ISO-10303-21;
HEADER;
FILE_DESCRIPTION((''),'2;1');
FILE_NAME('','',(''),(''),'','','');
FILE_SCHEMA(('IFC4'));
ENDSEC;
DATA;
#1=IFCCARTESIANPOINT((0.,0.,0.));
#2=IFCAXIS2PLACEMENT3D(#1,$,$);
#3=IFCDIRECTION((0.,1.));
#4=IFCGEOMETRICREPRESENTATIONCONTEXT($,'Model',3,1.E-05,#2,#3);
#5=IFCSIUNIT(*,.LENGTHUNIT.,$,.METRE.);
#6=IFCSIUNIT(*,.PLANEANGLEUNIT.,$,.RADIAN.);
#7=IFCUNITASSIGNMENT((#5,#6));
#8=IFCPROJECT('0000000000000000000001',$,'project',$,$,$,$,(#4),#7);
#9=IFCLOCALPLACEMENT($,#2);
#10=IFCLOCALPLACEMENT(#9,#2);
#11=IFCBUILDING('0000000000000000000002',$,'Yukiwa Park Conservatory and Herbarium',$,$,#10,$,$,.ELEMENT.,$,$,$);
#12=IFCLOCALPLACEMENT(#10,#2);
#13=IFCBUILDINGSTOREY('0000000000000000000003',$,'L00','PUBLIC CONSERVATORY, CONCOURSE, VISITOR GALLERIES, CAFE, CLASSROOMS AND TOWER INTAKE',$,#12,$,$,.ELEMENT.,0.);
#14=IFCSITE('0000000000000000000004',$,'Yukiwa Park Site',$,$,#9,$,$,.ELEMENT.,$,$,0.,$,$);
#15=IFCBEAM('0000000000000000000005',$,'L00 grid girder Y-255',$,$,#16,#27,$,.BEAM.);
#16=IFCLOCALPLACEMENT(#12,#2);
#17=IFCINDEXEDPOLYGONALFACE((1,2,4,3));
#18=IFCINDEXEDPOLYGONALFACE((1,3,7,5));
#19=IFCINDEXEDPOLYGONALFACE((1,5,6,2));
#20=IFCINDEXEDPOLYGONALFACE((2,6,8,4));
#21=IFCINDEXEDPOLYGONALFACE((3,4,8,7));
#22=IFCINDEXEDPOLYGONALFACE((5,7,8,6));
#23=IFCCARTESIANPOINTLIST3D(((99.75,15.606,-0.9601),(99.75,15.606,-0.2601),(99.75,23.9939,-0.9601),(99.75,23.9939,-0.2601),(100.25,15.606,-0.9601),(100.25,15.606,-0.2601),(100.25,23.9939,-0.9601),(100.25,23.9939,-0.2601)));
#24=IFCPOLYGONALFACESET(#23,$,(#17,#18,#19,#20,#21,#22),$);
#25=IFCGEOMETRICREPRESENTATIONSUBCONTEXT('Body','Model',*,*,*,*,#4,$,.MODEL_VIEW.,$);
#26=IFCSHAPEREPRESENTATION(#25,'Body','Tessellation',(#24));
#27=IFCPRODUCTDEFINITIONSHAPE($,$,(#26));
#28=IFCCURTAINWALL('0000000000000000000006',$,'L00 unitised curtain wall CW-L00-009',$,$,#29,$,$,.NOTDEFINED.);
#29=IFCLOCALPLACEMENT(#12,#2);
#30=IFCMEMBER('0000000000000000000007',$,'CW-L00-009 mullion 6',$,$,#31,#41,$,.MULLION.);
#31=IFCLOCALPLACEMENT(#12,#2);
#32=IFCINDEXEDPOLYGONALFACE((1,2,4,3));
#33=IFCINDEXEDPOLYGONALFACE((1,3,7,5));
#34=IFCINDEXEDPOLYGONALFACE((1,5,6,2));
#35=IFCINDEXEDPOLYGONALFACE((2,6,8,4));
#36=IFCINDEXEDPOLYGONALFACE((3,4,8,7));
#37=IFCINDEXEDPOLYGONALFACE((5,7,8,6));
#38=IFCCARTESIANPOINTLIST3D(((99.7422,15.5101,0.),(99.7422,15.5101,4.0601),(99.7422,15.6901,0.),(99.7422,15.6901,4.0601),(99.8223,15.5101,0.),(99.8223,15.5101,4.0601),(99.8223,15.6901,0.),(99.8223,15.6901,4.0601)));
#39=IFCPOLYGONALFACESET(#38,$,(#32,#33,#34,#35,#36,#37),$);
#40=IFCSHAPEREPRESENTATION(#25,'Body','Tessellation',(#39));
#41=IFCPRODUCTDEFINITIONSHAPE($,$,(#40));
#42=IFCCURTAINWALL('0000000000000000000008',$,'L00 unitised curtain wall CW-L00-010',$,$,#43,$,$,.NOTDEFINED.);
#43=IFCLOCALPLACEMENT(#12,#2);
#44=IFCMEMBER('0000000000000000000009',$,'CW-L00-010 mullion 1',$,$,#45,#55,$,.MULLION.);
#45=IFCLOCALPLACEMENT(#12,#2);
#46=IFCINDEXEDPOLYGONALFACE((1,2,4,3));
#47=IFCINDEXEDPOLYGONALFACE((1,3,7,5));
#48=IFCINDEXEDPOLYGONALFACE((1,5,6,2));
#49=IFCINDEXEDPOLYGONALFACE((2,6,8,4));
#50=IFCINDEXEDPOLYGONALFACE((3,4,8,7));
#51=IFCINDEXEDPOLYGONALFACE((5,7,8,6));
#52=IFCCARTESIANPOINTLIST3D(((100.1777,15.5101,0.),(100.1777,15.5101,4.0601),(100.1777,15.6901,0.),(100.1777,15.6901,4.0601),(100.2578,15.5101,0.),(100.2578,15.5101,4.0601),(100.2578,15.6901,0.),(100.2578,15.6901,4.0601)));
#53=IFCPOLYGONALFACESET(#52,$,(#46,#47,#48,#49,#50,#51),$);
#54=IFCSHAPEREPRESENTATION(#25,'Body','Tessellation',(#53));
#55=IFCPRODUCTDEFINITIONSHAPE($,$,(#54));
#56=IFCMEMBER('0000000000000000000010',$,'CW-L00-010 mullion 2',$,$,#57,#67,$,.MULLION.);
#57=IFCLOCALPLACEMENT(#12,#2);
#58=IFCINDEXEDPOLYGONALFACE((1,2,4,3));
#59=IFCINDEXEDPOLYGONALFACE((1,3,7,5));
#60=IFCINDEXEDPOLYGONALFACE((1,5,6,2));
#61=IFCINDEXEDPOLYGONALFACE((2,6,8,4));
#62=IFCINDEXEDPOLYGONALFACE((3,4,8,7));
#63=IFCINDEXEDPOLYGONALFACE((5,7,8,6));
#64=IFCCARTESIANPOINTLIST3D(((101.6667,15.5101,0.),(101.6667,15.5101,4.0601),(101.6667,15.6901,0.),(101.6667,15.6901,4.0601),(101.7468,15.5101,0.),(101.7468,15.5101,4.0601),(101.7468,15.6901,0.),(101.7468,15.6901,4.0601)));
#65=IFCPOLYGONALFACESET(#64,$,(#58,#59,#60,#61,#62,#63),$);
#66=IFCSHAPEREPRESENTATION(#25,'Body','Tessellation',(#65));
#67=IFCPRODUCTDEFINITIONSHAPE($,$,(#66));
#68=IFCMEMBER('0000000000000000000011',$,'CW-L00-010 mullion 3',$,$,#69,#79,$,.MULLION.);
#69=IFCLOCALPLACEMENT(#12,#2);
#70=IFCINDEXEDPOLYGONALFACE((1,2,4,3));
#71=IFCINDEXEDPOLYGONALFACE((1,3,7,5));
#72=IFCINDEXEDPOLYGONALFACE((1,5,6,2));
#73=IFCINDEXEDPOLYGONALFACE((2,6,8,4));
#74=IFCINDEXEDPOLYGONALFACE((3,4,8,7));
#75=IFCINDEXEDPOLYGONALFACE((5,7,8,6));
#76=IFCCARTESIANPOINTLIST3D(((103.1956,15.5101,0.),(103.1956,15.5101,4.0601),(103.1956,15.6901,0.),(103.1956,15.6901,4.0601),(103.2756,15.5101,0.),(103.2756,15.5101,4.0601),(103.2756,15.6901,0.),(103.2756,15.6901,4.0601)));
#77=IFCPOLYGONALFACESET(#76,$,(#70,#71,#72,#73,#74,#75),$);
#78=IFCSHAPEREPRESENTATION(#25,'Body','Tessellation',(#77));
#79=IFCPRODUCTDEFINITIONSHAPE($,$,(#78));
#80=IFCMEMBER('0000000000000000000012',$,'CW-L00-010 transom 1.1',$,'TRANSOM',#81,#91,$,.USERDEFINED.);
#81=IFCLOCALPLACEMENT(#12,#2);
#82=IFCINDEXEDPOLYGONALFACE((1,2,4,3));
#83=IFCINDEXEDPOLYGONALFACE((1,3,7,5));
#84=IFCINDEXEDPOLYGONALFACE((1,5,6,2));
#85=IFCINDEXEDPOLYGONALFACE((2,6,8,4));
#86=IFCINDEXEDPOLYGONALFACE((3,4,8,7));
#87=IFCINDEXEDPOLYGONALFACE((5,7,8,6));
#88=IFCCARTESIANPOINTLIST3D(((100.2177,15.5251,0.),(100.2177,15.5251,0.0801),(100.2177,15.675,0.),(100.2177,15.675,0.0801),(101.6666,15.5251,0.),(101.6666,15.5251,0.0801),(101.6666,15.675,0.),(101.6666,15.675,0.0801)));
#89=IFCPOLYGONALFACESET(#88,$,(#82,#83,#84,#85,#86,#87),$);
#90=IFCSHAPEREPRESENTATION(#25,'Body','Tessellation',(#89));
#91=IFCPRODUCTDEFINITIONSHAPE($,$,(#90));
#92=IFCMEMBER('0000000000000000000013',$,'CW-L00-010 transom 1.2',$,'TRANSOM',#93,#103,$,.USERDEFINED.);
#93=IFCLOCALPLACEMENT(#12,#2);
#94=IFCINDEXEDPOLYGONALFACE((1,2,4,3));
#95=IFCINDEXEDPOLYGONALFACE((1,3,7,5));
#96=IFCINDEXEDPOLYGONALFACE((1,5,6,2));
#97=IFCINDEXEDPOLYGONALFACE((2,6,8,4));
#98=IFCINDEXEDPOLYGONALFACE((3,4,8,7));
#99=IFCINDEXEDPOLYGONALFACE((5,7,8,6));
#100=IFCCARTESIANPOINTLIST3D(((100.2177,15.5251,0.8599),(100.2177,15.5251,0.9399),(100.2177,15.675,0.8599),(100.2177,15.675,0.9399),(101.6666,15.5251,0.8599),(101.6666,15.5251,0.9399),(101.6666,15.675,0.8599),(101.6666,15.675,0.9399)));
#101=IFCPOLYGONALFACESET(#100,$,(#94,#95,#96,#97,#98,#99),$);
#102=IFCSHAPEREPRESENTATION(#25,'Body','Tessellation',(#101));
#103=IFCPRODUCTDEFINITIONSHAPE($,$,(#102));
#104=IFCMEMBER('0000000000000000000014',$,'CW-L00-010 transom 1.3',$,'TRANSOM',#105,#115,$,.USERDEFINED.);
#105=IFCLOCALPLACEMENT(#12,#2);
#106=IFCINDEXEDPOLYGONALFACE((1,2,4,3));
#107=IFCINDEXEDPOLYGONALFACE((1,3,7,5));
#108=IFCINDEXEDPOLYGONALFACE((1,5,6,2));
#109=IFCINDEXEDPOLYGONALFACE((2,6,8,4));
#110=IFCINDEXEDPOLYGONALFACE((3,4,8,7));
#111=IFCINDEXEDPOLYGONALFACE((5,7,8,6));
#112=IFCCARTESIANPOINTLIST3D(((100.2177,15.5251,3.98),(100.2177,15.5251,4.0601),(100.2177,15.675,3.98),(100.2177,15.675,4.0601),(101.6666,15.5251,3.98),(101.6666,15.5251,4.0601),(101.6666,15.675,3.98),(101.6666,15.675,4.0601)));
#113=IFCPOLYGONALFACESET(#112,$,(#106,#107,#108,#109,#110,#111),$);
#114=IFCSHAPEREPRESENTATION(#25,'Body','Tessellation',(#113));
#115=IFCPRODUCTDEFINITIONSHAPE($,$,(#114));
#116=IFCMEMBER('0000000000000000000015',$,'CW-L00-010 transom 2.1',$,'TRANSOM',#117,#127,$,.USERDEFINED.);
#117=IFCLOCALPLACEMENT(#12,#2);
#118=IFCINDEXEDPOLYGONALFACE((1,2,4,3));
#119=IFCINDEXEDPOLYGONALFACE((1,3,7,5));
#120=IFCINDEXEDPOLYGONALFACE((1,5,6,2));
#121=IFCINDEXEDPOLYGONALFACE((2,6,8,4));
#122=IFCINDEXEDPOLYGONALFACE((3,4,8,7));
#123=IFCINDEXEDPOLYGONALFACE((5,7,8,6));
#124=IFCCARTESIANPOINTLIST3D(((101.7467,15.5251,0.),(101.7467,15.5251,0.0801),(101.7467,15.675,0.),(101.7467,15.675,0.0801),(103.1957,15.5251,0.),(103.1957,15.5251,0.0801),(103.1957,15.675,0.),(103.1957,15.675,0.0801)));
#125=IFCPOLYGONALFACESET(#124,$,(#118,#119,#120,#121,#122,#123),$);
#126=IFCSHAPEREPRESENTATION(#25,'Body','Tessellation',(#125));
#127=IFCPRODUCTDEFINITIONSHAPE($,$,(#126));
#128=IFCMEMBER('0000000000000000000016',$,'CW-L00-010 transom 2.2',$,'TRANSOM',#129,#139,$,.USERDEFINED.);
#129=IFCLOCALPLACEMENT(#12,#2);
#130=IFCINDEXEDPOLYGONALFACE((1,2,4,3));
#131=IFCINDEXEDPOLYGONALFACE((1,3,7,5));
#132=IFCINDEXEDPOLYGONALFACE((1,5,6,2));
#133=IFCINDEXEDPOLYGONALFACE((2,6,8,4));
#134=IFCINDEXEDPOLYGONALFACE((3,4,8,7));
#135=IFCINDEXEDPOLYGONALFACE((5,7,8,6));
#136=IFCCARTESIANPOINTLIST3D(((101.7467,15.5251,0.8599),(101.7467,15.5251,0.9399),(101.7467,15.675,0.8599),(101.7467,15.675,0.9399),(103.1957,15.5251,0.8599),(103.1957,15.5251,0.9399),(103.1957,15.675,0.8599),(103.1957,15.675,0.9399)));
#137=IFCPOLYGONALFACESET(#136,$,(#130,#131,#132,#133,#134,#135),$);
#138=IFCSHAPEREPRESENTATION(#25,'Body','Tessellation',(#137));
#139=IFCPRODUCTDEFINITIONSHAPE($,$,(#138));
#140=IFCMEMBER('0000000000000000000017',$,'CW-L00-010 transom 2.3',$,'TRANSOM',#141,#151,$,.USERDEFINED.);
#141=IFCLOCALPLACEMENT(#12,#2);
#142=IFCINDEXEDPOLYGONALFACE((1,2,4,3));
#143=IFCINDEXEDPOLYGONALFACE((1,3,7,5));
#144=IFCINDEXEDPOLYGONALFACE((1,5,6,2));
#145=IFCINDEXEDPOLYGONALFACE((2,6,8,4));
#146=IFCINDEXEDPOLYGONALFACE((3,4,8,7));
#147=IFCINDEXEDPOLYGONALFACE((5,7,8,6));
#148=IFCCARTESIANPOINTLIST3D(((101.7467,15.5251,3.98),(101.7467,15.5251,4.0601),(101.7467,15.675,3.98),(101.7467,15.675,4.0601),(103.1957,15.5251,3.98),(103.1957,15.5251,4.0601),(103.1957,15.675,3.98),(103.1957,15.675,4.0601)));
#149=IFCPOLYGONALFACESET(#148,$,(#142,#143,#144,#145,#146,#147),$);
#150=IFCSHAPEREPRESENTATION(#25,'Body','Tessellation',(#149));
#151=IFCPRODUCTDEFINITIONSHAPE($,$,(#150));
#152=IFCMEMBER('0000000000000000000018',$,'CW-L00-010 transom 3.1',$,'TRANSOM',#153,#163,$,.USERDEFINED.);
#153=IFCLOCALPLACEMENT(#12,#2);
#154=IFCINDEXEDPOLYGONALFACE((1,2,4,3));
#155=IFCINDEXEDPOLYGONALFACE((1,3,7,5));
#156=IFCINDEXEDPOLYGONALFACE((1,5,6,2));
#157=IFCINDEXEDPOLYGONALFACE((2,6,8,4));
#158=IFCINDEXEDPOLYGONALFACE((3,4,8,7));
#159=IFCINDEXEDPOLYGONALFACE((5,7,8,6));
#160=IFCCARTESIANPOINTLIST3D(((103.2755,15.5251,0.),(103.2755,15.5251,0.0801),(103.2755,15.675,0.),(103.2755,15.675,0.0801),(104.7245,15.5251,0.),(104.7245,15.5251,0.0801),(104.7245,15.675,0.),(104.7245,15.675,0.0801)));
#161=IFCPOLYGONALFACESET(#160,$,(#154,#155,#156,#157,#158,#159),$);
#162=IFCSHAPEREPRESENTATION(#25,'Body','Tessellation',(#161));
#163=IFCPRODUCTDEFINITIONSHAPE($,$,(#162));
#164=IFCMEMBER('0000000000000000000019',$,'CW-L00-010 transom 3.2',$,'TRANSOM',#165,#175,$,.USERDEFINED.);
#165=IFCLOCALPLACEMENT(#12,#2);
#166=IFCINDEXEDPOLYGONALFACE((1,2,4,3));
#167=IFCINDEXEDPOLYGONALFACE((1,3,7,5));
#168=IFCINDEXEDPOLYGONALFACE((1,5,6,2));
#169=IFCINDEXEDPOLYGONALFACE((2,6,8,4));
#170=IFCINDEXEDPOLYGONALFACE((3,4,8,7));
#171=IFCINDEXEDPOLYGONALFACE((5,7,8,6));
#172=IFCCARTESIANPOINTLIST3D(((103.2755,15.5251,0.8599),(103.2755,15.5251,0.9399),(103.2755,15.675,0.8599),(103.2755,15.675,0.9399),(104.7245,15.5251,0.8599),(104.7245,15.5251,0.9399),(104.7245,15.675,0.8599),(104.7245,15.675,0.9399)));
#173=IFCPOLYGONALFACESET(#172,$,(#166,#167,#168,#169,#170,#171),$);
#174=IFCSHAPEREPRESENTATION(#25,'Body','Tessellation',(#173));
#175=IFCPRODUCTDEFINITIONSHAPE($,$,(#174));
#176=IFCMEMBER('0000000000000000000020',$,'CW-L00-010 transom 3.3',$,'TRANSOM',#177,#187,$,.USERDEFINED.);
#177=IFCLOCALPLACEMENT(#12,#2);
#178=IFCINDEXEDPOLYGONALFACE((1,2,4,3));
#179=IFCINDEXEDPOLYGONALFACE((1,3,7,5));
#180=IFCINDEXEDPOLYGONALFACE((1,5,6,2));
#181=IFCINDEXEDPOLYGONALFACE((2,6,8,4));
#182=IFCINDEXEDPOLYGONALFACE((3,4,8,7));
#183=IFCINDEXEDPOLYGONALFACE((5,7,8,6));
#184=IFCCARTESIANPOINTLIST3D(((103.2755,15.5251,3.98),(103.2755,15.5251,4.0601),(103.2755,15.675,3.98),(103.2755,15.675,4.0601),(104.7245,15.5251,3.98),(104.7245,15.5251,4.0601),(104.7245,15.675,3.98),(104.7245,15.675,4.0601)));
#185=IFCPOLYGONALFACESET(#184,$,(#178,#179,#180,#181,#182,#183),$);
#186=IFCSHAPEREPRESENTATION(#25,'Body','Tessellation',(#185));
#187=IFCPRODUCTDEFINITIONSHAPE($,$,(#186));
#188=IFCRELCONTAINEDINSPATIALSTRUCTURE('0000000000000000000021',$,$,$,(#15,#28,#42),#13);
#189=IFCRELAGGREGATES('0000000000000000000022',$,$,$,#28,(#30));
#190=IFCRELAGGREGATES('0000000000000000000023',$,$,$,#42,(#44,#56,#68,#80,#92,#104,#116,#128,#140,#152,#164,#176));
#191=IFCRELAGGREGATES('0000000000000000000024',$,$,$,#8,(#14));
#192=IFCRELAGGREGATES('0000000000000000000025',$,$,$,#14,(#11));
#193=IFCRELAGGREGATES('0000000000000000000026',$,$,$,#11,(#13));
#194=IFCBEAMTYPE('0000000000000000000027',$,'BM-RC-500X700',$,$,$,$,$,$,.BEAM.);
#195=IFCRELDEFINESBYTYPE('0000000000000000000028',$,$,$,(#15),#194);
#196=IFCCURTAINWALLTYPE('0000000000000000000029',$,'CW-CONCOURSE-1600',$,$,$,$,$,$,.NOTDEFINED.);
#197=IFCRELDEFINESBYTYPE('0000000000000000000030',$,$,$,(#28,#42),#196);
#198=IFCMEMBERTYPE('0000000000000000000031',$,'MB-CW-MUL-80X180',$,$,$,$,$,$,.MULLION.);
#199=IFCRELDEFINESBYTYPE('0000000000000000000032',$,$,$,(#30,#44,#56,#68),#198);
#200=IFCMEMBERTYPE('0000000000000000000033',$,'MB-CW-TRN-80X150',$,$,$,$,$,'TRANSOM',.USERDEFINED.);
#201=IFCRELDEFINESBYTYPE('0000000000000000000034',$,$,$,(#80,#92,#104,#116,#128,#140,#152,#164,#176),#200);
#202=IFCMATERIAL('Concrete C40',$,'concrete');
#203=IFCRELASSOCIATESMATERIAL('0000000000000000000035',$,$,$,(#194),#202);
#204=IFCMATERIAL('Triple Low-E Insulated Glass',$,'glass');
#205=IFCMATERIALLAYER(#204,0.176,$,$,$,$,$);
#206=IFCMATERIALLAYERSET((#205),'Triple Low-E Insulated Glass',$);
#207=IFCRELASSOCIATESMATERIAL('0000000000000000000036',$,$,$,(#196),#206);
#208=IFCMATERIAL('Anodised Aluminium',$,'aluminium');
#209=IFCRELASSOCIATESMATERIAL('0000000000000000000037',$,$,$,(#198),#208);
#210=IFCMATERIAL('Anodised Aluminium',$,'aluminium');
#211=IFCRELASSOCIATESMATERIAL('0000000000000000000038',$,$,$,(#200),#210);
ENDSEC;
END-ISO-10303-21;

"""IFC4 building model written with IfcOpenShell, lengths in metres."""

from ifc_helpers import new_model, si_unit, direction, frame, origin, origin_2d, place, context, subcontext, project, spatial, rectangle, extrude, material, layer, layer_set, material_profile, profile_set, type_object, element, aggregate, save


model = new_model("IFC4")

# Units and contexts
model_context = context("Model", 3, precision=1e-05, world=origin(), true_north=direction((0.0, 1.0)))
body_context = subcontext(model_context, "Body", "Model", "MODEL_VIEW")
ifc_project = project(units=[si_unit("LENGTHUNIT", "METRE"), si_unit("PLANEANGLEUNIT", "RADIAN")], contexts=[model_context])

# Site, building, storey
site_placement = place(None, origin())
site = spatial("IfcSite", under=ifc_project, at=site_placement, Name="Yukiwa Park Site", CompositionType="ELEMENT", RefElevation=0.0)
building_placement = place(site_placement, origin())
building = spatial("IfcBuilding", under=site, at=building_placement, Name="Yukiwa Park Conservatory and Herbarium", CompositionType="ELEMENT")
storey_placement = place(building_placement, origin())
storey = spatial("IfcBuildingStorey", under=building, at=storey_placement, Name="L00", Description="PUBLIC CONSERVATORY, CONCOURSE, VISITOR GALLERIES, CAFE, CLASSROOMS AND TOWER INTAKE", CompositionType="ELEMENT", Elevation=0.0)

# Beam
ifc_material_1 = material(Name="Concrete C40", Category="concrete")
ifc_material_profile_1 = material_profile(ifc_material_1, rectangle(XDim=0.5, YDim=0.7, at=origin_2d()), Name="RC 500x700")
ifc_profile_set_1 = profile_set([ifc_material_profile_1], Name="Concrete C40")
beam_type_1 = type_object("IfcBeamType", Name="BM-RC-500X700", PredefinedType="BEAM", material=ifc_profile_set_1)
beam_1_placement = place(storey_placement, frame((100.0, 15.606, -0.6101), z_axis=(0.0, 1.0, 0.0), x_axis=(-1.0, 0.0, 0.0)))
element("IfcBeam", 1, at=beam_1_placement, inside=storey, type_object=beam_type_1, Name="L00 grid girder Y-255", PredefinedType="BEAM", context=body_context, shape_type="SweptSolid", body=[
    extrude(rectangle(XDim=0.5, YDim=0.7, at=origin_2d()), origin(), (0.0, 0.0, 1.0), 8.3879),
])

# Curtain wall, member
ifc_material_2 = material(Name="Triple Low-E Insulated Glass", Category="glass")
ifc_layer_1 = layer(ifc_material_2, 0.176)
ifc_layer_set_1 = layer_set([ifc_layer_1], Name="Triple Low-E Insulated Glass")
curtain_wall_type = type_object("IfcCurtainWallType", Name="CW-CONCOURSE-1600", PredefinedType="NOTDEFINED", material=ifc_layer_set_1)
curtain_wall_1_placement = place(storey_placement, origin())
curtain_wall_1 = element("IfcCurtainWall", 2, at=curtain_wall_1_placement, inside=storey, type_object=curtain_wall_type, Name="L00 unitised curtain wall CW-L00-009", PredefinedType="NOTDEFINED")
ifc_material_3 = material(Name="Anodised Aluminium", Category="aluminium")
member_type_1 = type_object("IfcMemberType", Name="MB-CW-MUL-80X180", PredefinedType="MULLION", material=ifc_material_3)
member_1_placement = place(storey_placement, frame((99.7822, 15.6001, 0.0), z_axis=(0.0, 0.0, 1.0), x_axis=(1.0, 0.0, 0.0)))
member_1 = element("IfcMember", 3, at=member_1_placement, type_object=member_type_1, Name="CW-L00-009 mullion 6", PredefinedType="MULLION", context=body_context, shape_type="SweptSolid", body=[
    extrude(rectangle(XDim=0.0801, YDim=0.1799, at=origin_2d()), origin(), (0.0, 0.0, 1.0), 4.0601),
])

# Curtain wall, members
curtain_wall_2_placement = place(storey_placement, origin())
curtain_wall_2 = element("IfcCurtainWall", 4, at=curtain_wall_2_placement, inside=storey, type_object=curtain_wall_type, Name="L00 unitised curtain wall CW-L00-010", PredefinedType="NOTDEFINED")
member_2_placement = place(storey_placement, frame((100.2178, 15.6001, 0.0), z_axis=(0.0, 0.0, 1.0), x_axis=(1.0, 0.0, 0.0)))
member_2 = element("IfcMember", 5, at=member_2_placement, type_object=member_type_1, Name="CW-L00-010 mullion 1", PredefinedType="MULLION", context=body_context, shape_type="SweptSolid", body=[
    extrude(rectangle(XDim=0.0801, YDim=0.1799, at=origin_2d()), origin(), (0.0, 0.0, 1.0), 4.0601),
])
member_3_placement = place(storey_placement, frame((101.7068, 15.6001, 0.0), z_axis=(0.0, 0.0, 1.0), x_axis=(1.0, 0.0, 0.0)))
member_3 = element("IfcMember", 6, at=member_3_placement, type_object=member_type_1, Name="CW-L00-010 mullion 2", PredefinedType="MULLION", context=body_context, shape_type="SweptSolid", body=[
    extrude(rectangle(XDim=0.0801, YDim=0.1799, at=origin_2d()), origin(), (0.0, 0.0, 1.0), 4.0601),
])
member_4_placement = place(storey_placement, frame((103.2356, 15.6001, 0.0), z_axis=(0.0, 0.0, 1.0), x_axis=(1.0, 0.0, 0.0)))
member_4 = element("IfcMember", 7, at=member_4_placement, type_object=member_type_1, Name="CW-L00-010 mullion 3", PredefinedType="MULLION", context=body_context, shape_type="SweptSolid", body=[
    extrude(rectangle(XDim=0.0801, YDim=0.1799, at=origin_2d()), origin(), (0.0, 0.0, 1.0), 4.0601),
])
ifc_material_4 = material(Name="Anodised Aluminium", Category="aluminium")
member_type_2 = type_object("IfcMemberType", Name="MB-CW-TRN-80X150", ElementType="TRANSOM", PredefinedType="USERDEFINED", material=ifc_material_4)
member_5_placement = place(storey_placement, frame((100.9421, 15.6001, 0.0), z_axis=(0.0, 0.0, 1.0), x_axis=(1.0, 0.0, 0.0)))
member_5 = element("IfcMember", 8, at=member_5_placement, type_object=member_type_2, Name="CW-L00-010 transom 1.1", ObjectType="TRANSOM", PredefinedType="USERDEFINED", context=body_context, shape_type="SweptSolid", body=[
    extrude(rectangle(XDim=1.449, YDim=0.1499, at=origin_2d()), origin(), (0.0, 0.0, 1.0), 0.0801),
])
member_6_placement = place(storey_placement, frame((100.9421, 15.6001, 0.8599), z_axis=(0.0, 0.0, 1.0), x_axis=(1.0, 0.0, 0.0)))
member_6 = element("IfcMember", 9, at=member_6_placement, type_object=member_type_2, Name="CW-L00-010 transom 1.2", ObjectType="TRANSOM", PredefinedType="USERDEFINED", context=body_context, shape_type="SweptSolid", body=[
    extrude(rectangle(XDim=1.449, YDim=0.1499, at=origin_2d()), origin(), (0.0, 0.0, 1.0), 0.0801),
])
member_7_placement = place(storey_placement, frame((100.9421, 15.6001, 3.98), z_axis=(0.0, 0.0, 1.0), x_axis=(1.0, 0.0, 0.0)))
member_7 = element("IfcMember", 10, at=member_7_placement, type_object=member_type_2, Name="CW-L00-010 transom 1.3", ObjectType="TRANSOM", PredefinedType="USERDEFINED", context=body_context, shape_type="SweptSolid", body=[
    extrude(rectangle(XDim=1.449, YDim=0.1499, at=origin_2d()), origin(), (0.0, 0.0, 1.0), 0.0801),
])
member_8_placement = place(storey_placement, frame((102.4712, 15.6001, 0.0), z_axis=(0.0, 0.0, 1.0), x_axis=(1.0, 0.0, 0.0)))
member_8 = element("IfcMember", 11, at=member_8_placement, type_object=member_type_2, Name="CW-L00-010 transom 2.1", ObjectType="TRANSOM", PredefinedType="USERDEFINED", context=body_context, shape_type="SweptSolid", body=[
    extrude(rectangle(XDim=1.449, YDim=0.1499, at=origin_2d()), origin(), (0.0, 0.0, 1.0), 0.0801),
])
member_9_placement = place(storey_placement, frame((102.4712, 15.6001, 0.8599), z_axis=(0.0, 0.0, 1.0), x_axis=(1.0, 0.0, 0.0)))
member_9 = element("IfcMember", 12, at=member_9_placement, type_object=member_type_2, Name="CW-L00-010 transom 2.2", ObjectType="TRANSOM", PredefinedType="USERDEFINED", context=body_context, shape_type="SweptSolid", body=[
    extrude(rectangle(XDim=1.449, YDim=0.1499, at=origin_2d()), origin(), (0.0, 0.0, 1.0), 0.0801),
])
member_10_placement = place(storey_placement, frame((102.4712, 15.6001, 3.98), z_axis=(0.0, 0.0, 1.0), x_axis=(1.0, 0.0, 0.0)))
member_10 = element("IfcMember", 13, at=member_10_placement, type_object=member_type_2, Name="CW-L00-010 transom 2.3", ObjectType="TRANSOM", PredefinedType="USERDEFINED", context=body_context, shape_type="SweptSolid", body=[
    extrude(rectangle(XDim=1.449, YDim=0.1499, at=origin_2d()), origin(), (0.0, 0.0, 1.0), 0.0801),
])
member_11_placement = place(storey_placement, frame((104.0, 15.6001, 0.0), z_axis=(0.0, 0.0, 1.0), x_axis=(1.0, 0.0, 0.0)))
member_11 = element("IfcMember", 14, at=member_11_placement, type_object=member_type_2, Name="CW-L00-010 transom 3.1", ObjectType="TRANSOM", PredefinedType="USERDEFINED", context=body_context, shape_type="SweptSolid", body=[
    extrude(rectangle(XDim=1.449, YDim=0.1499, at=origin_2d()), origin(), (0.0, 0.0, 1.0), 0.0801),
])
member_12_placement = place(storey_placement, frame((104.0, 15.6001, 0.8599), z_axis=(0.0, 0.0, 1.0), x_axis=(1.0, 0.0, 0.0)))
member_12 = element("IfcMember", 15, at=member_12_placement, type_object=member_type_2, Name="CW-L00-010 transom 3.2", ObjectType="TRANSOM", PredefinedType="USERDEFINED", context=body_context, shape_type="SweptSolid", body=[
    extrude(rectangle(XDim=1.449, YDim=0.1499, at=origin_2d()), origin(), (0.0, 0.0, 1.0), 0.0801),
])
member_13_placement = place(storey_placement, frame((104.0, 15.6001, 3.98), z_axis=(0.0, 0.0, 1.0), x_axis=(1.0, 0.0, 0.0)))
member_13 = element("IfcMember", 16, at=member_13_placement, type_object=member_type_2, Name="CW-L00-010 transom 3.3", ObjectType="TRANSOM", PredefinedType="USERDEFINED", context=body_context, shape_type="SweptSolid", body=[
    extrude(rectangle(XDim=1.449, YDim=0.1499, at=origin_2d()), origin(), (0.0, 0.0, 1.0), 0.0801),
])

aggregate(curtain_wall_1, [member_1])
aggregate(curtain_wall_2, [member_2, member_3, member_4, member_5, member_6, member_7, member_8, member_9, member_10, member_11, member_12, member_13])

save(model, "model.ifc")
